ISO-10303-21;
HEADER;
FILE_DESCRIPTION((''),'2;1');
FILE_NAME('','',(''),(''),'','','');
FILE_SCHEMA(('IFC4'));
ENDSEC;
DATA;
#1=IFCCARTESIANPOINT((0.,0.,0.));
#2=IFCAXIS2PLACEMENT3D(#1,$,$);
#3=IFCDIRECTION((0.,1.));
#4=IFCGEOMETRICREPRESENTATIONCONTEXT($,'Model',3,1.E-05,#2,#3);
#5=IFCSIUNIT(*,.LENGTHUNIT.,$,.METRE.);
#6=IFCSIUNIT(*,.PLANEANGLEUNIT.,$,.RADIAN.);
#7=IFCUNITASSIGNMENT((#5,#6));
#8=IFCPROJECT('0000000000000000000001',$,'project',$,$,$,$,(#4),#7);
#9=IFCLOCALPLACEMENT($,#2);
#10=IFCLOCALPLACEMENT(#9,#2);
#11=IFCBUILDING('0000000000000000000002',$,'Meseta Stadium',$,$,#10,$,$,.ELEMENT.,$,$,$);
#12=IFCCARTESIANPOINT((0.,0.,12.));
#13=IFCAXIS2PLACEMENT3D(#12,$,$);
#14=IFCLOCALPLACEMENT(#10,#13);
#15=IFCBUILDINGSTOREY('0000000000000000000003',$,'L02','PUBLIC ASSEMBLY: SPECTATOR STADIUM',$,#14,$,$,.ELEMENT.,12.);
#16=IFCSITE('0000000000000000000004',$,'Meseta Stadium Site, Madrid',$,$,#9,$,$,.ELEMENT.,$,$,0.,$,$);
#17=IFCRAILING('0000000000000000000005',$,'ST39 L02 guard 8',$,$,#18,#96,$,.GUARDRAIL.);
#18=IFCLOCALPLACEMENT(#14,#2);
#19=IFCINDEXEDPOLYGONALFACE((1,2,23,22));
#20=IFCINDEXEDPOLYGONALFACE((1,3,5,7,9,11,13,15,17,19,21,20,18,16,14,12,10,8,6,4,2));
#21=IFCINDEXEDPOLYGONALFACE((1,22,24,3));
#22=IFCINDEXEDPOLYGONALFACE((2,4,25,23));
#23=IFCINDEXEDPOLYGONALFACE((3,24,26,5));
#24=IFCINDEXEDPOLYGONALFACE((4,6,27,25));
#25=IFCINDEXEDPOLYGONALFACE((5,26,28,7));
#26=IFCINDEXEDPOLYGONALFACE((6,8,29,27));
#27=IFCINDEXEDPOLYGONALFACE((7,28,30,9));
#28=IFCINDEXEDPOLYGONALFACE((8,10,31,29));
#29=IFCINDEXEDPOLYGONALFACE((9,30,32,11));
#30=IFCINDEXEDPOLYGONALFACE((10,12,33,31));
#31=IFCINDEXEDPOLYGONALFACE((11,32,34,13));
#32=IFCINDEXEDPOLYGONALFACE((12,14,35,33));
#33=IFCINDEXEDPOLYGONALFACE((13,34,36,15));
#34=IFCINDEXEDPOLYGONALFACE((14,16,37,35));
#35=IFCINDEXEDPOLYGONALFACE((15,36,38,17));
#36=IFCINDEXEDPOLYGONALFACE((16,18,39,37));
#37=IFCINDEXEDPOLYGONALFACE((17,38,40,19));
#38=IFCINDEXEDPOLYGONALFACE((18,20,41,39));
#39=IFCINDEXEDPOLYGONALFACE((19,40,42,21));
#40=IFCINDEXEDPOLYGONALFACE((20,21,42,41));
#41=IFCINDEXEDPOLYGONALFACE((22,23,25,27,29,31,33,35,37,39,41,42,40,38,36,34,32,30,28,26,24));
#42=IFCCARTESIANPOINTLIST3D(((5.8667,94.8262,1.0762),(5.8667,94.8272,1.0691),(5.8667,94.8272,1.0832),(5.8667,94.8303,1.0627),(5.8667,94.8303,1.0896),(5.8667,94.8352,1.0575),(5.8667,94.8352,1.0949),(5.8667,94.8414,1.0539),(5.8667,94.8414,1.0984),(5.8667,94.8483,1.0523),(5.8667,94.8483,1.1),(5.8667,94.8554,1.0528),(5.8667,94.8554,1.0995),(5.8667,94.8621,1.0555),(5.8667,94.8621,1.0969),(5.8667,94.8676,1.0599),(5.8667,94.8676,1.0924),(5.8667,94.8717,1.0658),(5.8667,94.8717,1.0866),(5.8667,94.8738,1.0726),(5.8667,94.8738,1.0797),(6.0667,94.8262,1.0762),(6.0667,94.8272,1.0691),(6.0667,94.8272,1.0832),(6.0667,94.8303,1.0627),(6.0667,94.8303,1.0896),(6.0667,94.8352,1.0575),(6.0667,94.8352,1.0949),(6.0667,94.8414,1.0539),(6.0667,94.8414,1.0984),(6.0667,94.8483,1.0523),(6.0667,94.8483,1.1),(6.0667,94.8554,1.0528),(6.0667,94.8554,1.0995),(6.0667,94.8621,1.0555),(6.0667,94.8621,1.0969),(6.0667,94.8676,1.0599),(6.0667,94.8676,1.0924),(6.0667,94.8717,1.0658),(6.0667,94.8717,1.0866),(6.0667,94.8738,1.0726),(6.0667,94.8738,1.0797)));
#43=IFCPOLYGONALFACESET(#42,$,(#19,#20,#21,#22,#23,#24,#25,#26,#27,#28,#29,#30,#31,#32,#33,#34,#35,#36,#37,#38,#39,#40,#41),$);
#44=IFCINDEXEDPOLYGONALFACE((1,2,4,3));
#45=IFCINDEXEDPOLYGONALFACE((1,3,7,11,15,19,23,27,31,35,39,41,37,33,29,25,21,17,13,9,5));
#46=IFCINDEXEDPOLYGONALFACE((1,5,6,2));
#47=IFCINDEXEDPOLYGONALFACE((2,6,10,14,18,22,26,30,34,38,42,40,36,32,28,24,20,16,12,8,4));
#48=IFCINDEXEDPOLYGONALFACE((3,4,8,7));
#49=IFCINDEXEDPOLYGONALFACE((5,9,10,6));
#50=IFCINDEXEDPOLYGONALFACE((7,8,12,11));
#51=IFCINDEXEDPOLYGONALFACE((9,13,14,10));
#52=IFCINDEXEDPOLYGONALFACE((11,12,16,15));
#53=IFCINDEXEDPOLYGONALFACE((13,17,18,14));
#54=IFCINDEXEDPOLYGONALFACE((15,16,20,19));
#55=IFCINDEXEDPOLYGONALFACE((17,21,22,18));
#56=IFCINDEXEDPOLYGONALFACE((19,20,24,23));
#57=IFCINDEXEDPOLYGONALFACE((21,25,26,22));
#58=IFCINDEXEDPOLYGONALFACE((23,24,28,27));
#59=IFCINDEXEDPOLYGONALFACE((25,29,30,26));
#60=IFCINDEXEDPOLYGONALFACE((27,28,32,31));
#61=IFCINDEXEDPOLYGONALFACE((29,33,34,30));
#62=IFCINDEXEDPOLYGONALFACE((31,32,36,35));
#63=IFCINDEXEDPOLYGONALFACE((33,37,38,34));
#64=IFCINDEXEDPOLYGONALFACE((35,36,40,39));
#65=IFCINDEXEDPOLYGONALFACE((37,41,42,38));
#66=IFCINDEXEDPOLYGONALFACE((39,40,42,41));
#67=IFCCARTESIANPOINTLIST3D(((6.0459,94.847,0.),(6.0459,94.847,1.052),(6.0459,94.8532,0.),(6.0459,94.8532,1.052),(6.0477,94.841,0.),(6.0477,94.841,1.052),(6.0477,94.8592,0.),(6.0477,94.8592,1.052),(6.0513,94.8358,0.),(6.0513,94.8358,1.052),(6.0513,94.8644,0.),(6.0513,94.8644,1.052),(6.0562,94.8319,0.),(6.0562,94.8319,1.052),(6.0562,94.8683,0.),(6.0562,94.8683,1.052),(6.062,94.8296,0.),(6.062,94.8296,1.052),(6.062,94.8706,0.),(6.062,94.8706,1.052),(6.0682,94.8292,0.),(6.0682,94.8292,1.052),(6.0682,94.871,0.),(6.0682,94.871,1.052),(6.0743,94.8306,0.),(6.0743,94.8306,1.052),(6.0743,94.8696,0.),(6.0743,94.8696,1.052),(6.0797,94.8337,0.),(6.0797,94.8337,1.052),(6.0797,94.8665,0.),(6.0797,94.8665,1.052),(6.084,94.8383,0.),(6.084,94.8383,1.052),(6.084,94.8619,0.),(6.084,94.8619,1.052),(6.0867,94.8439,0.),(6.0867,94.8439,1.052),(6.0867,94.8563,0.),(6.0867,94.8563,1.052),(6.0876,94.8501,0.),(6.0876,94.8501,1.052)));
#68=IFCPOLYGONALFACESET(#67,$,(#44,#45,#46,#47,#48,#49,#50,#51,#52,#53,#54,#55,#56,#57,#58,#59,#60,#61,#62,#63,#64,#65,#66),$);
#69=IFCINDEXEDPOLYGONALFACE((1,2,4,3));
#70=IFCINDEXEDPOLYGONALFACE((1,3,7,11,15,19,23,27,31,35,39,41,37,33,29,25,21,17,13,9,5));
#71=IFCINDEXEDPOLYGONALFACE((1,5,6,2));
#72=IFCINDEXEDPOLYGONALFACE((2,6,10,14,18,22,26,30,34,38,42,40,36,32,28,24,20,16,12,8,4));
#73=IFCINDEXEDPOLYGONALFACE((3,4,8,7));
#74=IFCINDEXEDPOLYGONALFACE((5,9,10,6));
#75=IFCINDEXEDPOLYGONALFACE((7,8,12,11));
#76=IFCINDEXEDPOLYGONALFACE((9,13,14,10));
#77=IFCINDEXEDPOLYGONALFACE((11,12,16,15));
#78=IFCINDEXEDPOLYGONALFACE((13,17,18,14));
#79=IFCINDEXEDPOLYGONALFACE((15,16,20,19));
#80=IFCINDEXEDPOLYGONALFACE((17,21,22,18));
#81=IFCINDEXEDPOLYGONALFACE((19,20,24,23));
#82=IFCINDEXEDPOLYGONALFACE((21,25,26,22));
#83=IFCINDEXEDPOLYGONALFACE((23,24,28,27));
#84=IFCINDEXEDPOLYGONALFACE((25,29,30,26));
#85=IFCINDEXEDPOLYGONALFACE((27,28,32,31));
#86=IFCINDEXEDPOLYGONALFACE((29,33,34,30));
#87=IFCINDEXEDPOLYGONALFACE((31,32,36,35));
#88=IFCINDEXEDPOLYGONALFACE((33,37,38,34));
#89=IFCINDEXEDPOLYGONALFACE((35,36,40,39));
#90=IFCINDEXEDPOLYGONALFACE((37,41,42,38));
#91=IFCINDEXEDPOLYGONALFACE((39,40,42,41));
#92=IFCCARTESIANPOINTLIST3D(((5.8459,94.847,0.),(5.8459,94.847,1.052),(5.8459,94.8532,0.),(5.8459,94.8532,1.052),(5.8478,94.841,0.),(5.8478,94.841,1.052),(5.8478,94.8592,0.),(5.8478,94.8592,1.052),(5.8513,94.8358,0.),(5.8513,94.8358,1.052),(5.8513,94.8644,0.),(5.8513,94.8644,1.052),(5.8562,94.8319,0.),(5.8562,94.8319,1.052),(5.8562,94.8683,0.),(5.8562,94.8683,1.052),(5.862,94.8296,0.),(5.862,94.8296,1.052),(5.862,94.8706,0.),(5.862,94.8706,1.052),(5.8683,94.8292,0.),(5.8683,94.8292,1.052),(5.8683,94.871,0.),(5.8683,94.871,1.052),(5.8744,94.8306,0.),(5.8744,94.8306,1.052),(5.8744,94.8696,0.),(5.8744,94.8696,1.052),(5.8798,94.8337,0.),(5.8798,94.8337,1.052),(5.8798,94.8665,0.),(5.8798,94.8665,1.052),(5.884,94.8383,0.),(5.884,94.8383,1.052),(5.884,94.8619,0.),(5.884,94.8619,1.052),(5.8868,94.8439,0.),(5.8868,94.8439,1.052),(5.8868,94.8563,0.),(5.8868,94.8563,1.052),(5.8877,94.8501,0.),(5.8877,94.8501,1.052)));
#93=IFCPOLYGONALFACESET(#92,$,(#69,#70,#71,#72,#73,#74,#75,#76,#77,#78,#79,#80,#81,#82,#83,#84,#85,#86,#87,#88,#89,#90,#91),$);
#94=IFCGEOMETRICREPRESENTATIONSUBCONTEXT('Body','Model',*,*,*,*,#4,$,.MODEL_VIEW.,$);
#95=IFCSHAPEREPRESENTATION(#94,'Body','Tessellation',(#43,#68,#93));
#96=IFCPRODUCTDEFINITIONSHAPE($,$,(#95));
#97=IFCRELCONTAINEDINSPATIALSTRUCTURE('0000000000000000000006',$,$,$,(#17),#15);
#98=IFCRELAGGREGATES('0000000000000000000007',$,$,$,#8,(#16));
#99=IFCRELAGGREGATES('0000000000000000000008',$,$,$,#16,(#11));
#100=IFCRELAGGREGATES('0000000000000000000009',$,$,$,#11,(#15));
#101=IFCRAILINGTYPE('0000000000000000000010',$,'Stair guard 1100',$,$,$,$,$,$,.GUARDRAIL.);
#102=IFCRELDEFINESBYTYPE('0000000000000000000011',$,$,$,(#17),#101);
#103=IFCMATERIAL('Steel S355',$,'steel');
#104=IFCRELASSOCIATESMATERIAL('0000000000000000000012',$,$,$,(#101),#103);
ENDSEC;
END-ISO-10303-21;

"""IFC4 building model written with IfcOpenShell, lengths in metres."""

from ifc_helpers import new_model, si_unit, direction, frame, origin, origin_2d, place, context, subcontext, project, spatial, circle, extrude, material, type_object, element, save


model = new_model("IFC4")

# Units and contexts
model_context = context("Model", 3, precision=1e-05, world=origin(), true_north=direction((0.0, 1.0)))
body_context = subcontext(model_context, "Body", "Model", "MODEL_VIEW")
ifc_project = project(units=[si_unit("LENGTHUNIT", "METRE"), si_unit("PLANEANGLEUNIT", "RADIAN")], contexts=[model_context])

# Site, building, storey
site_placement = place(None, origin())
site = spatial("IfcSite", under=ifc_project, at=site_placement, Name="Meseta Stadium Site, Madrid", CompositionType="ELEMENT", RefElevation=0.0)
building_placement = place(site_placement, origin())
building = spatial("IfcBuilding", under=site, at=building_placement, Name="Meseta Stadium", CompositionType="ELEMENT")
storey_placement = place(building_placement, frame((0.0, 0.0, 12.0)))
storey = spatial("IfcBuildingStorey", under=building, at=storey_placement, Name="L02", Description="PUBLIC ASSEMBLY: SPECTATOR STADIUM", CompositionType="ELEMENT", Elevation=12.0)

# Railing
ifc_material_1 = material(Name="Steel S355", Category="steel")
railing_type_1 = type_object("IfcRailingType", Name="Stair guard 1100", PredefinedType="GUARDRAIL", material=ifc_material_1)
railing_1_placement = place(storey_placement, frame((6.0667, 94.8501, 0.0)))
element("IfcRailing", 1, at=railing_1_placement, inside=storey, type_object=railing_type_1, Name="ST39 L02 guard 8", PredefinedType="GUARDRAIL", context=body_context, shape_type="SweptSolid", body=[
    extrude(circle(Radius=0.0239, at=origin_2d()), frame((0.0, 0.0, 1.0762), z_axis=(-1.0, 0.0, 0.0), x_axis=(0.0, -1.0, 0.0)), (0.0, 0.0, 1.0), 0.2),
    extrude(circle(Radius=0.021, at=origin_2d()), origin(), (0.0, 0.0, 1.0), 1.052),
    extrude(circle(Radius=0.021, at=origin_2d()), frame((-0.2, 0.0, 0.0)), (0.0, 0.0, 1.0), 1.052),
])

save(model, "model.ifc")
